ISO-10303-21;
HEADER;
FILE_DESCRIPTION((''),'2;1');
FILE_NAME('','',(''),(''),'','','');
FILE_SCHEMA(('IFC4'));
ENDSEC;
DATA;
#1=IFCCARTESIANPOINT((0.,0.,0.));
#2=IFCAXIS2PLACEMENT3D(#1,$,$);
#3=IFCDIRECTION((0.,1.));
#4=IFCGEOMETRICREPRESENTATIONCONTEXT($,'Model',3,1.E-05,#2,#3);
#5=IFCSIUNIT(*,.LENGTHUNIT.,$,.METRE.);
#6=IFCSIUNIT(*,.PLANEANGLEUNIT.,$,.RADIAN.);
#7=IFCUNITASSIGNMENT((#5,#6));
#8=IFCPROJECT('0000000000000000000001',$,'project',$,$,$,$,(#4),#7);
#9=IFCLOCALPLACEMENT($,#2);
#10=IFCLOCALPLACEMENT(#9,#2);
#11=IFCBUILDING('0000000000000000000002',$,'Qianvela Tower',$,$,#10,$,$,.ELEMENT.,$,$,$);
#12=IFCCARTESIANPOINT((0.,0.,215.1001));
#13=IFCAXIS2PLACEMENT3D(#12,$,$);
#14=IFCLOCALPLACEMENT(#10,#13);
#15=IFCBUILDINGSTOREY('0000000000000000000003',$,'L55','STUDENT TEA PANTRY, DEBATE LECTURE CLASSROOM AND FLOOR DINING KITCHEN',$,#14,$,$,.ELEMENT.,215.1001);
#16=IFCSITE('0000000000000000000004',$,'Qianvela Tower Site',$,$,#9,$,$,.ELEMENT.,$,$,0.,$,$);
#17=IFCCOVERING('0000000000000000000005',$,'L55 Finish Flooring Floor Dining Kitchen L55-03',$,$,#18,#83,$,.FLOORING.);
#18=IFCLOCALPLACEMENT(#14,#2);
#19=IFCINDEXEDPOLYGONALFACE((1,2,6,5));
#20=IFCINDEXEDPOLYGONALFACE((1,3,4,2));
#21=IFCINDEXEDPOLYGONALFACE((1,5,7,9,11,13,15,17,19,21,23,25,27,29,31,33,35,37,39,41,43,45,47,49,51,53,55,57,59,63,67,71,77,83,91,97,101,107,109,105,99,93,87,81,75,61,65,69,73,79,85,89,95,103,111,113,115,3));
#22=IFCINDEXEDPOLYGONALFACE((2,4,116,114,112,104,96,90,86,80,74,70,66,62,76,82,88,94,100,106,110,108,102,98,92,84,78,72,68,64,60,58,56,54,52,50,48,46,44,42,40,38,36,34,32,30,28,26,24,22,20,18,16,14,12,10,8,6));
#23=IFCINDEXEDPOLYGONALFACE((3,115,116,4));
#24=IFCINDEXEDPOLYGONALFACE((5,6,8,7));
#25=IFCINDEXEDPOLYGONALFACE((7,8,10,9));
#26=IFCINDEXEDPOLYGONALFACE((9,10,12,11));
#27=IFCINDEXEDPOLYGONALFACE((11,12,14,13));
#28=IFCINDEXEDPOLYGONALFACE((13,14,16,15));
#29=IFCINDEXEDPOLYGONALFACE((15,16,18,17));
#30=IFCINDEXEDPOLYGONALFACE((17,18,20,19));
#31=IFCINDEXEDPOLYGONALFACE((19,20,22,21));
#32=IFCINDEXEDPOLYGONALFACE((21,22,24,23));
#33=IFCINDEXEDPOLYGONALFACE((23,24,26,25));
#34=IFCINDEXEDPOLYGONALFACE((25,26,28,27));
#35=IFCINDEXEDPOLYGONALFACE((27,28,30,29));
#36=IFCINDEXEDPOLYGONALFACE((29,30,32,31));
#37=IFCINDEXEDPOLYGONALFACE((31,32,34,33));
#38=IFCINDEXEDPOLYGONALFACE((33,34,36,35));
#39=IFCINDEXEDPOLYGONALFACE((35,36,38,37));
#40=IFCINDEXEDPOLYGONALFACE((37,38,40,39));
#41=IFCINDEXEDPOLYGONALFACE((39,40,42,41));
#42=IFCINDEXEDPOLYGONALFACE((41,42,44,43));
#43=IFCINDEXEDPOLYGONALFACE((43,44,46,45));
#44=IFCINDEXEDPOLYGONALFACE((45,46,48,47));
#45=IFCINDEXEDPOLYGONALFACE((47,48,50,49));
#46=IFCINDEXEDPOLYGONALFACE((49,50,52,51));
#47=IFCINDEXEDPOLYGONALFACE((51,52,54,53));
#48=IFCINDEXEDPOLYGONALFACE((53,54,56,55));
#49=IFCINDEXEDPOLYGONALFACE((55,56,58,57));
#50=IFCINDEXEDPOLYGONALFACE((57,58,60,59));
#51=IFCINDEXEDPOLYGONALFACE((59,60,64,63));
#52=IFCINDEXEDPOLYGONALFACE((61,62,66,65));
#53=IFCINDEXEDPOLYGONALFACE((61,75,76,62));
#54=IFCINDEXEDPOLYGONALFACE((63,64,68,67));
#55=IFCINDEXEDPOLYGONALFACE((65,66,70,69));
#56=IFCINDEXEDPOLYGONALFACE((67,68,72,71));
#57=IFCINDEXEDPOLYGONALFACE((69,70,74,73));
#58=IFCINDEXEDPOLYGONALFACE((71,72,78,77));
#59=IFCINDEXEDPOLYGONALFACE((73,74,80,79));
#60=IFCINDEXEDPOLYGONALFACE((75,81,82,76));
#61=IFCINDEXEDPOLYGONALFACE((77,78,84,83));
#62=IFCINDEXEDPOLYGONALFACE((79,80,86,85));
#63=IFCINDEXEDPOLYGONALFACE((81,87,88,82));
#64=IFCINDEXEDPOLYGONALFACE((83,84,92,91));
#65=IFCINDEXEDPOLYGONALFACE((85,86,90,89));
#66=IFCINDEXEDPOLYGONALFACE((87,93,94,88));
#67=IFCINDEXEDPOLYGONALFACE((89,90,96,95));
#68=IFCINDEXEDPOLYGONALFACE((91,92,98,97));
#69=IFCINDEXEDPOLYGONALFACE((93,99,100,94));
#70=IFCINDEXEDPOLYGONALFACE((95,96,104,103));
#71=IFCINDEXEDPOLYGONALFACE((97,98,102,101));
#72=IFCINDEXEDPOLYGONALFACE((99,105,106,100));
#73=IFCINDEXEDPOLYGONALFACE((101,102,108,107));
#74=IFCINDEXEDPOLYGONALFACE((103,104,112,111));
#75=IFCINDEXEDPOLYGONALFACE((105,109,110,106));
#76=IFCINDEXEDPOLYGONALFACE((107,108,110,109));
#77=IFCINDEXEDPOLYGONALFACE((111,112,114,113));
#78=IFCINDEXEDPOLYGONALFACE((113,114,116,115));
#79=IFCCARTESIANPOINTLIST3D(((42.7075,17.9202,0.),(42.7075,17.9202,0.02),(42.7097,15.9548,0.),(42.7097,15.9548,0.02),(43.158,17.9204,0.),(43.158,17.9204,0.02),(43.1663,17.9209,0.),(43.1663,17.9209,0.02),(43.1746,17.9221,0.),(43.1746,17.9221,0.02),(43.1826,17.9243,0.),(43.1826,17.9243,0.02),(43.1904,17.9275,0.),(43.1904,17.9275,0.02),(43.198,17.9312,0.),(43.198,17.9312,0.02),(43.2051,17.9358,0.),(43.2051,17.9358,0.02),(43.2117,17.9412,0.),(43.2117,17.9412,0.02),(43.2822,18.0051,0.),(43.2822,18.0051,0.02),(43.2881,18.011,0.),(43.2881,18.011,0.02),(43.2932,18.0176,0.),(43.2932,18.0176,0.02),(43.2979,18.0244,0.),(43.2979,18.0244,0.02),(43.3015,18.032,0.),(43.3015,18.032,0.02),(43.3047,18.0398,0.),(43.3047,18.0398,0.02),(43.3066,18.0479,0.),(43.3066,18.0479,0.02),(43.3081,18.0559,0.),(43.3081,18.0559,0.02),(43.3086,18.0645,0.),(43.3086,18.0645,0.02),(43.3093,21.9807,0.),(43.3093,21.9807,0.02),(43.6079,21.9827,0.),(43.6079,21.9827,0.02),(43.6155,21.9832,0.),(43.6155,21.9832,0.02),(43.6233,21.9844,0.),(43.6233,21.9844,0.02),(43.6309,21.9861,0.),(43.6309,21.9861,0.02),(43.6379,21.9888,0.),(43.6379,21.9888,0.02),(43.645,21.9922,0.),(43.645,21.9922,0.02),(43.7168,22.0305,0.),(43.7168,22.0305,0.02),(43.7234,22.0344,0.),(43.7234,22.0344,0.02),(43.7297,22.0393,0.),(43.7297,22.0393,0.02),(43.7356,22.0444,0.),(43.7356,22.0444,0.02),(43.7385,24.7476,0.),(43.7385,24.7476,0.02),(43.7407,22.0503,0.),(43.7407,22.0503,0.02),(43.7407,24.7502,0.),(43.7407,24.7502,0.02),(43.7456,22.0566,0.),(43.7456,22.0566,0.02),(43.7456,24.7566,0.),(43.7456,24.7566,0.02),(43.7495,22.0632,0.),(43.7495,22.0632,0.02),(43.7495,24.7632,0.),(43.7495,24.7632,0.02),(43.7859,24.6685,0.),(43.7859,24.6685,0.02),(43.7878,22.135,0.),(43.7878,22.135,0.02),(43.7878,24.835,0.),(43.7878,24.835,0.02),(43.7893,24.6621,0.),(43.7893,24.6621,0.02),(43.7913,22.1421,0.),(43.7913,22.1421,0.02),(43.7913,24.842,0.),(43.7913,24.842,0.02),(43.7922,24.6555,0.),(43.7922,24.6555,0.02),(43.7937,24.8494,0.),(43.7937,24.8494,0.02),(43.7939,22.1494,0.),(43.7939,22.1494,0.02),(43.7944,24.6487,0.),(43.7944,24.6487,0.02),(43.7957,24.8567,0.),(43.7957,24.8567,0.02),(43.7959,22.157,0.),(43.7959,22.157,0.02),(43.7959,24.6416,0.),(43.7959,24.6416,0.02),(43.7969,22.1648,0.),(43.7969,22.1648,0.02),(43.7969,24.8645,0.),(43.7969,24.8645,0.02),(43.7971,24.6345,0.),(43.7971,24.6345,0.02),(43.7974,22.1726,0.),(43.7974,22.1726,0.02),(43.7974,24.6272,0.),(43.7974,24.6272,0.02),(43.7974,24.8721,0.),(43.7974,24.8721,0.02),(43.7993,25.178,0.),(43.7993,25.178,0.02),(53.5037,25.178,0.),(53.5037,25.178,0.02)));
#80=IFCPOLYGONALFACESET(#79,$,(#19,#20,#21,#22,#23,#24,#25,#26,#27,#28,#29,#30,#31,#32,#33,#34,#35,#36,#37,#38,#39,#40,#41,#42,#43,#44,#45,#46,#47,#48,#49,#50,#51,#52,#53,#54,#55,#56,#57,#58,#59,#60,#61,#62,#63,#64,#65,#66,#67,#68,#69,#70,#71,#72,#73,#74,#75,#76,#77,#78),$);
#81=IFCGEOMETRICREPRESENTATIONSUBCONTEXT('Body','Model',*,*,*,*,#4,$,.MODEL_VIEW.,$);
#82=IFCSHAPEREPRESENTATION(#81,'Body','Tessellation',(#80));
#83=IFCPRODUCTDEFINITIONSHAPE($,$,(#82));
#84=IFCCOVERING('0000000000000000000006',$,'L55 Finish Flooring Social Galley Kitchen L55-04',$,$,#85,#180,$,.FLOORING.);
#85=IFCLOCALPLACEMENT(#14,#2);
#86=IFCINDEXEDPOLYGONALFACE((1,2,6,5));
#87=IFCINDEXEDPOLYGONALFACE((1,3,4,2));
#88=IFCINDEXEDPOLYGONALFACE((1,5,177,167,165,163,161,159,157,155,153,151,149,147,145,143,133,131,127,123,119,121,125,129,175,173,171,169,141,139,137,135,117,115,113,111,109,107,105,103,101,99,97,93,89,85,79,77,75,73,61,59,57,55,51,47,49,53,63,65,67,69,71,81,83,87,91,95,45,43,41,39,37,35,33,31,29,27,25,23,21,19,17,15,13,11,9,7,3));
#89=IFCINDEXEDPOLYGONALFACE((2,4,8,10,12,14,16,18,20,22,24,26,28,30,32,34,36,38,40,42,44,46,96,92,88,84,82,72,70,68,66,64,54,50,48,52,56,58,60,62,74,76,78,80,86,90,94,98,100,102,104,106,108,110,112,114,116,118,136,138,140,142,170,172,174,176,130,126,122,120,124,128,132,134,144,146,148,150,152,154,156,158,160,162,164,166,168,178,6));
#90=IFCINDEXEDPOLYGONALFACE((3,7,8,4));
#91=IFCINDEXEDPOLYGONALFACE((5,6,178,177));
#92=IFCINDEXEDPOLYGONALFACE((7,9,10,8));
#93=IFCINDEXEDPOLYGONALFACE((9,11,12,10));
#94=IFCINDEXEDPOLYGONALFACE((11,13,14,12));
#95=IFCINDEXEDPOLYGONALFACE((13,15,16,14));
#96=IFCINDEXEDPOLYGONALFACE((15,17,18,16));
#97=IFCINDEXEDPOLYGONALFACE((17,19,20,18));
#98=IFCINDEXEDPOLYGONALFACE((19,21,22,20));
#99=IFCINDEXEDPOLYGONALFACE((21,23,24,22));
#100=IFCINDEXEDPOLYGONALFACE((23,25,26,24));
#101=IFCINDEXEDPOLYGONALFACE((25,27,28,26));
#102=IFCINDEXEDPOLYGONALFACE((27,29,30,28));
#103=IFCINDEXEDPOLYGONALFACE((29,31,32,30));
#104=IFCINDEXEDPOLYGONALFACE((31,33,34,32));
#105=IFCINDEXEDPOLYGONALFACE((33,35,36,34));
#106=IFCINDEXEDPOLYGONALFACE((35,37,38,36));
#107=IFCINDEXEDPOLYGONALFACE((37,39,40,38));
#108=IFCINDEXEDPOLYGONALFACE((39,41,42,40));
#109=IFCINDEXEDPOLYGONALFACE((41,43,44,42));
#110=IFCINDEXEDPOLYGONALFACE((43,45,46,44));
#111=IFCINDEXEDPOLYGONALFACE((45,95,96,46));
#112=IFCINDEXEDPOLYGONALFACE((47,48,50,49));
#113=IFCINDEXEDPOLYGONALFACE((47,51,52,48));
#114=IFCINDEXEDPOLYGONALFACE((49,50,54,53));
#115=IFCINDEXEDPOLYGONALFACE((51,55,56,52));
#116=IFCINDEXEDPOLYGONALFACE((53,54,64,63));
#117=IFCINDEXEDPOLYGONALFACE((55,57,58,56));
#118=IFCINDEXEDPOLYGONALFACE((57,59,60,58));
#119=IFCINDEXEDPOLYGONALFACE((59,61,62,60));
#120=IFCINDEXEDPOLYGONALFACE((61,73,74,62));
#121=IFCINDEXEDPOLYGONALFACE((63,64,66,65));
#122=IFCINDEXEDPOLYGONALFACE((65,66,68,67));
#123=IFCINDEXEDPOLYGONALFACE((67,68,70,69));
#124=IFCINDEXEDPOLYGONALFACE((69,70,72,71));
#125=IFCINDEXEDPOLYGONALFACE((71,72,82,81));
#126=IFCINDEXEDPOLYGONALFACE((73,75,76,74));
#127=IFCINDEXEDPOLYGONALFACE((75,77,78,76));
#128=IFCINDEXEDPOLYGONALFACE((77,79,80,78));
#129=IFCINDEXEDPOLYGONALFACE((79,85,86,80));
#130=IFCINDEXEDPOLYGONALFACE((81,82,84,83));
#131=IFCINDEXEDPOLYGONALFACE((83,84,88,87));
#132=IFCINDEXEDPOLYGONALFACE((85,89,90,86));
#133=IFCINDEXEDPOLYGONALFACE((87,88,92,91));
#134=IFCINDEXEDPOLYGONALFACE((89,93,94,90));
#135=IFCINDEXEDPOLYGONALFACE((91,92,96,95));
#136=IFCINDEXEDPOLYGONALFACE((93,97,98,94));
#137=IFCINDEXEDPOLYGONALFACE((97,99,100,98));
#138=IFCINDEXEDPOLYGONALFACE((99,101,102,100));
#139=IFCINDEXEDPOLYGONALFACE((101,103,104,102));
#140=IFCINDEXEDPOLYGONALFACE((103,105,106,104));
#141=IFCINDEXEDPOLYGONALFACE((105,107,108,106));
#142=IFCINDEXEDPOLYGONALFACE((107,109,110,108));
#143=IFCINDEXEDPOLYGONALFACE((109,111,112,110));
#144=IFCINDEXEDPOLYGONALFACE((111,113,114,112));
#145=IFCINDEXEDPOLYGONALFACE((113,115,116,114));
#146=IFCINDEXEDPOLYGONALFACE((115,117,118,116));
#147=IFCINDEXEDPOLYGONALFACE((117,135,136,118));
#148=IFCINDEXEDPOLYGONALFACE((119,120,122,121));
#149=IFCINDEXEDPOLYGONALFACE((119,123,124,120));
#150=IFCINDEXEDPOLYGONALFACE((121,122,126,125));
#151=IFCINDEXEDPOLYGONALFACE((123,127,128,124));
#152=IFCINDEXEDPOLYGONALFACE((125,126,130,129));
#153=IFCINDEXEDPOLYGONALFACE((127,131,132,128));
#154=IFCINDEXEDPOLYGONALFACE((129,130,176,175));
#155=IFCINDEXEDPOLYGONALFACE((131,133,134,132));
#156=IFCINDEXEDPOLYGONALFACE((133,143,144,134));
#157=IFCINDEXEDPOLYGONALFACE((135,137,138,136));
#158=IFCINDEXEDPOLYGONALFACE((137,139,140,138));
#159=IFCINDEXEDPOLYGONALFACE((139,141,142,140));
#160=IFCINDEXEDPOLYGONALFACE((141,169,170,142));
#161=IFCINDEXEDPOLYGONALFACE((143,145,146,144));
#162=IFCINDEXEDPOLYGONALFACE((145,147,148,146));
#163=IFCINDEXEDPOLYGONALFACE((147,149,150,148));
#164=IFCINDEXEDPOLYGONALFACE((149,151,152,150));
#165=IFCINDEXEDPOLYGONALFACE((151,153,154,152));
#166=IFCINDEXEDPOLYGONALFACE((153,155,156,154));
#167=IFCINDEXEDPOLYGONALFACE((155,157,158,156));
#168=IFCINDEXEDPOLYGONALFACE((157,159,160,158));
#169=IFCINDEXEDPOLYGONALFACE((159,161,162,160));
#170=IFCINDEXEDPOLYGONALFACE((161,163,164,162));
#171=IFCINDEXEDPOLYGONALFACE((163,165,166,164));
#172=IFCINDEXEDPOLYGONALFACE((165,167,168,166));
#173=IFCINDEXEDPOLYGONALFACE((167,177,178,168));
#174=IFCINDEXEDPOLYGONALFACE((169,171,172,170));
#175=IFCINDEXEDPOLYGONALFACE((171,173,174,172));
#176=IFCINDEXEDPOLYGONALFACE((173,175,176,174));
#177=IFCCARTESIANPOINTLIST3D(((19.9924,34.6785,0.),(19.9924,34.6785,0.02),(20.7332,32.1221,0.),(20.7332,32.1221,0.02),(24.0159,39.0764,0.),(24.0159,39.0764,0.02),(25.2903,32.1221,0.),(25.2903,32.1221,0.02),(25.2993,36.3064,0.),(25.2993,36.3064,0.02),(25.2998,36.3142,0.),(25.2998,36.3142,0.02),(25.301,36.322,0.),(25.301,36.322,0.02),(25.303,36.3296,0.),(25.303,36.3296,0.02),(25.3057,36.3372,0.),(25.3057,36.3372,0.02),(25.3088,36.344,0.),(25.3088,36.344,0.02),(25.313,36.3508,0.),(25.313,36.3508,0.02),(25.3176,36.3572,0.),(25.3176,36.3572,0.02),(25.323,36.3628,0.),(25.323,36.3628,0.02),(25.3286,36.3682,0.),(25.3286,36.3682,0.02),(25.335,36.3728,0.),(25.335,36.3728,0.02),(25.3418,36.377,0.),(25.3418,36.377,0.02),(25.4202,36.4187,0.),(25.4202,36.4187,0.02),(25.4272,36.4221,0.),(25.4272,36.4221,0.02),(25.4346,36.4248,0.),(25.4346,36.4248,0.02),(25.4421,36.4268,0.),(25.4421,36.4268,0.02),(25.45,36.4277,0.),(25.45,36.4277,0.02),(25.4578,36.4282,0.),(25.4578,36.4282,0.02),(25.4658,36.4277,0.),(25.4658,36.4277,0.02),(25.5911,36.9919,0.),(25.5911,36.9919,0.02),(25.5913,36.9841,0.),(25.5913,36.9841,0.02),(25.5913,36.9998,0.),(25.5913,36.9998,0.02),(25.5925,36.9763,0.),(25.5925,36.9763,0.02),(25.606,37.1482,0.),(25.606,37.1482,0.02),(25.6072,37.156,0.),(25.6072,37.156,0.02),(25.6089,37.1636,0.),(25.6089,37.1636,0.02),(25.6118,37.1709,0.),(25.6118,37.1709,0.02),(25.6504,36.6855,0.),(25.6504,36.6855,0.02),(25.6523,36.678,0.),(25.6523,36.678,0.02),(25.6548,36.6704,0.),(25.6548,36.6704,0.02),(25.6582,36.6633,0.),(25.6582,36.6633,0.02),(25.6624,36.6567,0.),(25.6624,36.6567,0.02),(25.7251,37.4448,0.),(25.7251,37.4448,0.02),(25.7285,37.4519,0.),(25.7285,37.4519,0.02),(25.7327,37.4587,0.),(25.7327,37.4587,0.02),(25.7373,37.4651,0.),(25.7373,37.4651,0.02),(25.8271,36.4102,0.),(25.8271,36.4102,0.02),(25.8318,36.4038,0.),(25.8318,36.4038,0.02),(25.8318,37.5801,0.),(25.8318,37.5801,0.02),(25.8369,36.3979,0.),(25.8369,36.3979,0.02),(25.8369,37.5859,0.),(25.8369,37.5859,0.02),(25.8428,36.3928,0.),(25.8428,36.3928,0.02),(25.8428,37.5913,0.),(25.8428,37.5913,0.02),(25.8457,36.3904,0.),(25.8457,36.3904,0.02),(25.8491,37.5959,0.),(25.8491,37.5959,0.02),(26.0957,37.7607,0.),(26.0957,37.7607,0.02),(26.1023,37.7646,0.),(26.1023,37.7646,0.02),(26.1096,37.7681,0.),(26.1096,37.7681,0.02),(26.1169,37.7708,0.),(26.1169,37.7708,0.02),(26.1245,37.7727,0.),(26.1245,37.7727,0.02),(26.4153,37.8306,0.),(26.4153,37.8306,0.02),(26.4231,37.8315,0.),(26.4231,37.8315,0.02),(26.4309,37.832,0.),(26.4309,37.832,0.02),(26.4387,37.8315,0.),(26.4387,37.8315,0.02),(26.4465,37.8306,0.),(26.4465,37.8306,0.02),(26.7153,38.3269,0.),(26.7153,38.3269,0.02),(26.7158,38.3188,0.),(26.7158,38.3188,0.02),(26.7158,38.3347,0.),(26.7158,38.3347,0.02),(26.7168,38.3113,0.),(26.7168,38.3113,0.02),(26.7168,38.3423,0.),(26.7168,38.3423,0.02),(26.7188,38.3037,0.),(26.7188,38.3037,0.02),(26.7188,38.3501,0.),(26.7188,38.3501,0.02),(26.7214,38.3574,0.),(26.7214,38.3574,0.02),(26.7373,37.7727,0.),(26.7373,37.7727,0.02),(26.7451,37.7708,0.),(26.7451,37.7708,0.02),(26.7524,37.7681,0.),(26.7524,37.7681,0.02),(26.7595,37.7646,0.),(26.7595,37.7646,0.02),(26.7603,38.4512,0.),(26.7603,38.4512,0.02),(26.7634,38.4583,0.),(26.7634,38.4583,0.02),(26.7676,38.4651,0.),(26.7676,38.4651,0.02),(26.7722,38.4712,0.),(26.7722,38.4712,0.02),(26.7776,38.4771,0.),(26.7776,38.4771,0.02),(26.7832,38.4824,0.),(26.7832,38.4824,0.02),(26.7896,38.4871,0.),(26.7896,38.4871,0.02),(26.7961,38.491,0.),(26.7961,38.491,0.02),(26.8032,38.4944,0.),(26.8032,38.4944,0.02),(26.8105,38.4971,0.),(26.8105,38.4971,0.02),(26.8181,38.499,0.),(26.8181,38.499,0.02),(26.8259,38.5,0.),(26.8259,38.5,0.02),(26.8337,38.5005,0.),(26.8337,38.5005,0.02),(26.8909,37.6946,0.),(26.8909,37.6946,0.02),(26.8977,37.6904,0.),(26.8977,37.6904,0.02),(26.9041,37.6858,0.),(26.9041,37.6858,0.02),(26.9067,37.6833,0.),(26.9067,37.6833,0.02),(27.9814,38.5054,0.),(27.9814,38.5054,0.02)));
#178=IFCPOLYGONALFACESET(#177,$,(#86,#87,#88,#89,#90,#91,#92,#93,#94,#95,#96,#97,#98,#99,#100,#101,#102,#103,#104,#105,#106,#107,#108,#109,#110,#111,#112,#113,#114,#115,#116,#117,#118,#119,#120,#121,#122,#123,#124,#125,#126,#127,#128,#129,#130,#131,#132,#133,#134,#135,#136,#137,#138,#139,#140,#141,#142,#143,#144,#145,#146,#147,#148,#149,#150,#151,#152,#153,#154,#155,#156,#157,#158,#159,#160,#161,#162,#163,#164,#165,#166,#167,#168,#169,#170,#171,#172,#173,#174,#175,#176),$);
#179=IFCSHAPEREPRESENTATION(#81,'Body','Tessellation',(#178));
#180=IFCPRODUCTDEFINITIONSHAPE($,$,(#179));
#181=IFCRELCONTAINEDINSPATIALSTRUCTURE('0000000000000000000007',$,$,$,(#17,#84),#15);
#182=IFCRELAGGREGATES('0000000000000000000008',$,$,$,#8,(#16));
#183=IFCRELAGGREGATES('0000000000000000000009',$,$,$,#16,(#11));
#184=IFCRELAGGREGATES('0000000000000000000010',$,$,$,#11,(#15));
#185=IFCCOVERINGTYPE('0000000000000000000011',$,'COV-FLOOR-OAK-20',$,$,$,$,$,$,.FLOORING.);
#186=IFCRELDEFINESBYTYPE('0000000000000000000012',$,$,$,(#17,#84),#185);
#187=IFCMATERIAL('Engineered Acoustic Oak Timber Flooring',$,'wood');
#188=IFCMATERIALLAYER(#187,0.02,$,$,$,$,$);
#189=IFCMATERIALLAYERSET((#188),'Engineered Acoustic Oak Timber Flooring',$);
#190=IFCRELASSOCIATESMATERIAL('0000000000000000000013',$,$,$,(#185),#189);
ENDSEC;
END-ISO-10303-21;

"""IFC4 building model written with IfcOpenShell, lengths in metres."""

from ifc_helpers import new_model, si_unit, direction, frame, origin, place, context, subcontext, project, spatial, polyline, outline, extrude, material, layer, layer_set, type_object, element, save


model = new_model("IFC4")

# Units and contexts
model_context = context("Model", 3, precision=1e-05, world=origin(), true_north=direction((0.0, 1.0)))
body_context = subcontext(model_context, "Body", "Model", "MODEL_VIEW")
ifc_project = project(units=[si_unit("LENGTHUNIT", "METRE"), si_unit("PLANEANGLEUNIT", "RADIAN")], contexts=[model_context])

# Site, building, storey
site_placement = place(None, origin())
site = spatial("IfcSite", under=ifc_project, at=site_placement, Name="Qianvela Tower Site", CompositionType="ELEMENT", RefElevation=0.0)
building_placement = place(site_placement, origin())
building = spatial("IfcBuilding", under=site, at=building_placement, Name="Qianvela Tower", CompositionType="ELEMENT")
storey_placement = place(building_placement, frame((0.0, 0.0, 215.1001)))
storey = spatial("IfcBuildingStorey", under=building, at=storey_placement, Name="L55", Description="STUDENT TEA PANTRY, DEBATE LECTURE CLASSROOM AND FLOOR DINING KITCHEN", CompositionType="ELEMENT", Elevation=215.1001)

# Coverings
ifc_material_1 = material(Name="Engineered Acoustic Oak Timber Flooring", Category="wood")
ifc_layer_1 = layer(ifc_material_1, 0.02)
ifc_layer_set_1 = layer_set([ifc_layer_1], Name="Engineered Acoustic Oak Timber Flooring")
covering_type_1 = type_object("IfcCoveringType", Name="COV-FLOOR-OAK-20", PredefinedType="FLOORING", material=ifc_layer_set_1)
covering_1_placement = place(storey_placement, origin())
element("IfcCovering", 1, at=covering_1_placement, inside=storey, type_object=covering_type_1, Name="L55 Finish Flooring Floor Dining Kitchen L55-03", PredefinedType="FLOORING", context=body_context, shape_type="SweptSolid", body=[
    extrude(outline(polyline([(43.7385, 24.7476), (43.7407, 24.7502), (43.7456, 24.7566), (43.7495, 24.7632), (43.7878, 24.835), (43.7913, 24.842), (43.7937, 24.8494), (43.7957, 24.8567), (43.7969, 24.8645), (43.7974, 24.8721), (43.7993, 25.178), (53.5037, 25.178), (42.7097, 15.9548), (42.7075, 17.9202), (43.158, 17.9204), (43.1663, 17.9209), (43.1746, 17.9221), (43.1826, 17.9243), (43.1904, 17.9275), (43.198, 17.9312), (43.2051, 17.9358), (43.2117, 17.9412), (43.2822, 18.0051), (43.2881, 18.011), (43.2932, 18.0176), (43.2979, 18.0244), (43.3015, 18.032), (43.3047, 18.0398), (43.3066, 18.0479), (43.3081, 18.0559), (43.3086, 18.0645), (43.3093, 21.9807), (43.6079, 21.9827), (43.6155, 21.9832), (43.6233, 21.9844), (43.6309, 21.9861), (43.6379, 21.9888), (43.645, 21.9922), (43.7168, 22.0305), (43.7234, 22.0344), (43.7297, 22.0393), (43.7356, 22.0444), (43.7407, 22.0503), (43.7456, 22.0566), (43.7495, 22.0632), (43.7878, 22.135), (43.7913, 22.1421), (43.7939, 22.1494), (43.7959, 22.157), (43.7969, 22.1648), (43.7974, 22.1726), (43.7974, 24.6272), (43.7971, 24.6345), (43.7959, 24.6416), (43.7944, 24.6487), (43.7922, 24.6555), (43.7893, 24.6621), (43.7859, 24.6685), (43.7385, 24.7476)])), origin(), (0.0, 0.0, 1.0), 0.02),
])
covering_2_placement = place(storey_placement, origin())
element("IfcCovering", 2, at=covering_2_placement, inside=storey, type_object=covering_type_1, Name="L55 Finish Flooring Social Galley Kitchen L55-04", PredefinedType="FLOORING", context=body_context, shape_type="SweptSolid", body=[
    extrude(outline(polyline([(25.8457, 36.3904), (25.4658, 36.4277), (25.4578, 36.4282), (25.45, 36.4277), (25.4421, 36.4268), (25.4346, 36.4248), (25.4272, 36.4221), (25.4202, 36.4187), (25.3418, 36.377), (25.335, 36.3728), (25.3286, 36.3682), (25.323, 36.3628), (25.3176, 36.3572), (25.313, 36.3508), (25.3088, 36.344), (25.3057, 36.3372), (25.303, 36.3296), (25.301, 36.322), (25.2998, 36.3142), (25.2993, 36.3064), (25.2903, 32.1221), (20.7332, 32.1221), (19.9924, 34.6785), (24.0159, 39.0764), (27.9814, 38.5054), (26.8337, 38.5005), (26.8259, 38.5), (26.8181, 38.499), (26.8105, 38.4971), (26.8032, 38.4944), (26.7961, 38.491), (26.7896, 38.4871), (26.7832, 38.4824), (26.7776, 38.4771), (26.7722, 38.4712), (26.7676, 38.4651), (26.7634, 38.4583), (26.7603, 38.4512), (26.7214, 38.3574), (26.7188, 38.3501), (26.7168, 38.3423), (26.7158, 38.3347), (26.7153, 38.3269), (26.7158, 38.3188), (26.7168, 38.3113), (26.7188, 38.3037), (26.9067, 37.6833), (26.9041, 37.6858), (26.8977, 37.6904), (26.8909, 37.6946), (26.7595, 37.7646), (26.7524, 37.7681), (26.7451, 37.7708), (26.7373, 37.7727), (26.4465, 37.8306), (26.4387, 37.8315), (26.4309, 37.832), (26.4231, 37.8315), (26.4153, 37.8306), (26.1245, 37.7727), (26.1169, 37.7708), (26.1096, 37.7681), (26.1023, 37.7646), (26.0957, 37.7607), (25.8491, 37.5959), (25.8428, 37.5913), (25.8369, 37.5859), (25.8318, 37.5801), (25.7373, 37.4651), (25.7327, 37.4587), (25.7285, 37.4519), (25.7251, 37.4448), (25.6118, 37.1709), (25.6089, 37.1636), (25.6072, 37.156), (25.606, 37.1482), (25.5913, 36.9998), (25.5911, 36.9919), (25.5913, 36.9841), (25.5925, 36.9763), (25.6504, 36.6855), (25.6523, 36.678), (25.6548, 36.6704), (25.6582, 36.6633), (25.6624, 36.6567), (25.8271, 36.4102), (25.8318, 36.4038), (25.8369, 36.3979), (25.8428, 36.3928), (25.8457, 36.3904)])), origin(), (0.0, 0.0, 1.0), 0.02),
])

save(model, "model.ifc")
